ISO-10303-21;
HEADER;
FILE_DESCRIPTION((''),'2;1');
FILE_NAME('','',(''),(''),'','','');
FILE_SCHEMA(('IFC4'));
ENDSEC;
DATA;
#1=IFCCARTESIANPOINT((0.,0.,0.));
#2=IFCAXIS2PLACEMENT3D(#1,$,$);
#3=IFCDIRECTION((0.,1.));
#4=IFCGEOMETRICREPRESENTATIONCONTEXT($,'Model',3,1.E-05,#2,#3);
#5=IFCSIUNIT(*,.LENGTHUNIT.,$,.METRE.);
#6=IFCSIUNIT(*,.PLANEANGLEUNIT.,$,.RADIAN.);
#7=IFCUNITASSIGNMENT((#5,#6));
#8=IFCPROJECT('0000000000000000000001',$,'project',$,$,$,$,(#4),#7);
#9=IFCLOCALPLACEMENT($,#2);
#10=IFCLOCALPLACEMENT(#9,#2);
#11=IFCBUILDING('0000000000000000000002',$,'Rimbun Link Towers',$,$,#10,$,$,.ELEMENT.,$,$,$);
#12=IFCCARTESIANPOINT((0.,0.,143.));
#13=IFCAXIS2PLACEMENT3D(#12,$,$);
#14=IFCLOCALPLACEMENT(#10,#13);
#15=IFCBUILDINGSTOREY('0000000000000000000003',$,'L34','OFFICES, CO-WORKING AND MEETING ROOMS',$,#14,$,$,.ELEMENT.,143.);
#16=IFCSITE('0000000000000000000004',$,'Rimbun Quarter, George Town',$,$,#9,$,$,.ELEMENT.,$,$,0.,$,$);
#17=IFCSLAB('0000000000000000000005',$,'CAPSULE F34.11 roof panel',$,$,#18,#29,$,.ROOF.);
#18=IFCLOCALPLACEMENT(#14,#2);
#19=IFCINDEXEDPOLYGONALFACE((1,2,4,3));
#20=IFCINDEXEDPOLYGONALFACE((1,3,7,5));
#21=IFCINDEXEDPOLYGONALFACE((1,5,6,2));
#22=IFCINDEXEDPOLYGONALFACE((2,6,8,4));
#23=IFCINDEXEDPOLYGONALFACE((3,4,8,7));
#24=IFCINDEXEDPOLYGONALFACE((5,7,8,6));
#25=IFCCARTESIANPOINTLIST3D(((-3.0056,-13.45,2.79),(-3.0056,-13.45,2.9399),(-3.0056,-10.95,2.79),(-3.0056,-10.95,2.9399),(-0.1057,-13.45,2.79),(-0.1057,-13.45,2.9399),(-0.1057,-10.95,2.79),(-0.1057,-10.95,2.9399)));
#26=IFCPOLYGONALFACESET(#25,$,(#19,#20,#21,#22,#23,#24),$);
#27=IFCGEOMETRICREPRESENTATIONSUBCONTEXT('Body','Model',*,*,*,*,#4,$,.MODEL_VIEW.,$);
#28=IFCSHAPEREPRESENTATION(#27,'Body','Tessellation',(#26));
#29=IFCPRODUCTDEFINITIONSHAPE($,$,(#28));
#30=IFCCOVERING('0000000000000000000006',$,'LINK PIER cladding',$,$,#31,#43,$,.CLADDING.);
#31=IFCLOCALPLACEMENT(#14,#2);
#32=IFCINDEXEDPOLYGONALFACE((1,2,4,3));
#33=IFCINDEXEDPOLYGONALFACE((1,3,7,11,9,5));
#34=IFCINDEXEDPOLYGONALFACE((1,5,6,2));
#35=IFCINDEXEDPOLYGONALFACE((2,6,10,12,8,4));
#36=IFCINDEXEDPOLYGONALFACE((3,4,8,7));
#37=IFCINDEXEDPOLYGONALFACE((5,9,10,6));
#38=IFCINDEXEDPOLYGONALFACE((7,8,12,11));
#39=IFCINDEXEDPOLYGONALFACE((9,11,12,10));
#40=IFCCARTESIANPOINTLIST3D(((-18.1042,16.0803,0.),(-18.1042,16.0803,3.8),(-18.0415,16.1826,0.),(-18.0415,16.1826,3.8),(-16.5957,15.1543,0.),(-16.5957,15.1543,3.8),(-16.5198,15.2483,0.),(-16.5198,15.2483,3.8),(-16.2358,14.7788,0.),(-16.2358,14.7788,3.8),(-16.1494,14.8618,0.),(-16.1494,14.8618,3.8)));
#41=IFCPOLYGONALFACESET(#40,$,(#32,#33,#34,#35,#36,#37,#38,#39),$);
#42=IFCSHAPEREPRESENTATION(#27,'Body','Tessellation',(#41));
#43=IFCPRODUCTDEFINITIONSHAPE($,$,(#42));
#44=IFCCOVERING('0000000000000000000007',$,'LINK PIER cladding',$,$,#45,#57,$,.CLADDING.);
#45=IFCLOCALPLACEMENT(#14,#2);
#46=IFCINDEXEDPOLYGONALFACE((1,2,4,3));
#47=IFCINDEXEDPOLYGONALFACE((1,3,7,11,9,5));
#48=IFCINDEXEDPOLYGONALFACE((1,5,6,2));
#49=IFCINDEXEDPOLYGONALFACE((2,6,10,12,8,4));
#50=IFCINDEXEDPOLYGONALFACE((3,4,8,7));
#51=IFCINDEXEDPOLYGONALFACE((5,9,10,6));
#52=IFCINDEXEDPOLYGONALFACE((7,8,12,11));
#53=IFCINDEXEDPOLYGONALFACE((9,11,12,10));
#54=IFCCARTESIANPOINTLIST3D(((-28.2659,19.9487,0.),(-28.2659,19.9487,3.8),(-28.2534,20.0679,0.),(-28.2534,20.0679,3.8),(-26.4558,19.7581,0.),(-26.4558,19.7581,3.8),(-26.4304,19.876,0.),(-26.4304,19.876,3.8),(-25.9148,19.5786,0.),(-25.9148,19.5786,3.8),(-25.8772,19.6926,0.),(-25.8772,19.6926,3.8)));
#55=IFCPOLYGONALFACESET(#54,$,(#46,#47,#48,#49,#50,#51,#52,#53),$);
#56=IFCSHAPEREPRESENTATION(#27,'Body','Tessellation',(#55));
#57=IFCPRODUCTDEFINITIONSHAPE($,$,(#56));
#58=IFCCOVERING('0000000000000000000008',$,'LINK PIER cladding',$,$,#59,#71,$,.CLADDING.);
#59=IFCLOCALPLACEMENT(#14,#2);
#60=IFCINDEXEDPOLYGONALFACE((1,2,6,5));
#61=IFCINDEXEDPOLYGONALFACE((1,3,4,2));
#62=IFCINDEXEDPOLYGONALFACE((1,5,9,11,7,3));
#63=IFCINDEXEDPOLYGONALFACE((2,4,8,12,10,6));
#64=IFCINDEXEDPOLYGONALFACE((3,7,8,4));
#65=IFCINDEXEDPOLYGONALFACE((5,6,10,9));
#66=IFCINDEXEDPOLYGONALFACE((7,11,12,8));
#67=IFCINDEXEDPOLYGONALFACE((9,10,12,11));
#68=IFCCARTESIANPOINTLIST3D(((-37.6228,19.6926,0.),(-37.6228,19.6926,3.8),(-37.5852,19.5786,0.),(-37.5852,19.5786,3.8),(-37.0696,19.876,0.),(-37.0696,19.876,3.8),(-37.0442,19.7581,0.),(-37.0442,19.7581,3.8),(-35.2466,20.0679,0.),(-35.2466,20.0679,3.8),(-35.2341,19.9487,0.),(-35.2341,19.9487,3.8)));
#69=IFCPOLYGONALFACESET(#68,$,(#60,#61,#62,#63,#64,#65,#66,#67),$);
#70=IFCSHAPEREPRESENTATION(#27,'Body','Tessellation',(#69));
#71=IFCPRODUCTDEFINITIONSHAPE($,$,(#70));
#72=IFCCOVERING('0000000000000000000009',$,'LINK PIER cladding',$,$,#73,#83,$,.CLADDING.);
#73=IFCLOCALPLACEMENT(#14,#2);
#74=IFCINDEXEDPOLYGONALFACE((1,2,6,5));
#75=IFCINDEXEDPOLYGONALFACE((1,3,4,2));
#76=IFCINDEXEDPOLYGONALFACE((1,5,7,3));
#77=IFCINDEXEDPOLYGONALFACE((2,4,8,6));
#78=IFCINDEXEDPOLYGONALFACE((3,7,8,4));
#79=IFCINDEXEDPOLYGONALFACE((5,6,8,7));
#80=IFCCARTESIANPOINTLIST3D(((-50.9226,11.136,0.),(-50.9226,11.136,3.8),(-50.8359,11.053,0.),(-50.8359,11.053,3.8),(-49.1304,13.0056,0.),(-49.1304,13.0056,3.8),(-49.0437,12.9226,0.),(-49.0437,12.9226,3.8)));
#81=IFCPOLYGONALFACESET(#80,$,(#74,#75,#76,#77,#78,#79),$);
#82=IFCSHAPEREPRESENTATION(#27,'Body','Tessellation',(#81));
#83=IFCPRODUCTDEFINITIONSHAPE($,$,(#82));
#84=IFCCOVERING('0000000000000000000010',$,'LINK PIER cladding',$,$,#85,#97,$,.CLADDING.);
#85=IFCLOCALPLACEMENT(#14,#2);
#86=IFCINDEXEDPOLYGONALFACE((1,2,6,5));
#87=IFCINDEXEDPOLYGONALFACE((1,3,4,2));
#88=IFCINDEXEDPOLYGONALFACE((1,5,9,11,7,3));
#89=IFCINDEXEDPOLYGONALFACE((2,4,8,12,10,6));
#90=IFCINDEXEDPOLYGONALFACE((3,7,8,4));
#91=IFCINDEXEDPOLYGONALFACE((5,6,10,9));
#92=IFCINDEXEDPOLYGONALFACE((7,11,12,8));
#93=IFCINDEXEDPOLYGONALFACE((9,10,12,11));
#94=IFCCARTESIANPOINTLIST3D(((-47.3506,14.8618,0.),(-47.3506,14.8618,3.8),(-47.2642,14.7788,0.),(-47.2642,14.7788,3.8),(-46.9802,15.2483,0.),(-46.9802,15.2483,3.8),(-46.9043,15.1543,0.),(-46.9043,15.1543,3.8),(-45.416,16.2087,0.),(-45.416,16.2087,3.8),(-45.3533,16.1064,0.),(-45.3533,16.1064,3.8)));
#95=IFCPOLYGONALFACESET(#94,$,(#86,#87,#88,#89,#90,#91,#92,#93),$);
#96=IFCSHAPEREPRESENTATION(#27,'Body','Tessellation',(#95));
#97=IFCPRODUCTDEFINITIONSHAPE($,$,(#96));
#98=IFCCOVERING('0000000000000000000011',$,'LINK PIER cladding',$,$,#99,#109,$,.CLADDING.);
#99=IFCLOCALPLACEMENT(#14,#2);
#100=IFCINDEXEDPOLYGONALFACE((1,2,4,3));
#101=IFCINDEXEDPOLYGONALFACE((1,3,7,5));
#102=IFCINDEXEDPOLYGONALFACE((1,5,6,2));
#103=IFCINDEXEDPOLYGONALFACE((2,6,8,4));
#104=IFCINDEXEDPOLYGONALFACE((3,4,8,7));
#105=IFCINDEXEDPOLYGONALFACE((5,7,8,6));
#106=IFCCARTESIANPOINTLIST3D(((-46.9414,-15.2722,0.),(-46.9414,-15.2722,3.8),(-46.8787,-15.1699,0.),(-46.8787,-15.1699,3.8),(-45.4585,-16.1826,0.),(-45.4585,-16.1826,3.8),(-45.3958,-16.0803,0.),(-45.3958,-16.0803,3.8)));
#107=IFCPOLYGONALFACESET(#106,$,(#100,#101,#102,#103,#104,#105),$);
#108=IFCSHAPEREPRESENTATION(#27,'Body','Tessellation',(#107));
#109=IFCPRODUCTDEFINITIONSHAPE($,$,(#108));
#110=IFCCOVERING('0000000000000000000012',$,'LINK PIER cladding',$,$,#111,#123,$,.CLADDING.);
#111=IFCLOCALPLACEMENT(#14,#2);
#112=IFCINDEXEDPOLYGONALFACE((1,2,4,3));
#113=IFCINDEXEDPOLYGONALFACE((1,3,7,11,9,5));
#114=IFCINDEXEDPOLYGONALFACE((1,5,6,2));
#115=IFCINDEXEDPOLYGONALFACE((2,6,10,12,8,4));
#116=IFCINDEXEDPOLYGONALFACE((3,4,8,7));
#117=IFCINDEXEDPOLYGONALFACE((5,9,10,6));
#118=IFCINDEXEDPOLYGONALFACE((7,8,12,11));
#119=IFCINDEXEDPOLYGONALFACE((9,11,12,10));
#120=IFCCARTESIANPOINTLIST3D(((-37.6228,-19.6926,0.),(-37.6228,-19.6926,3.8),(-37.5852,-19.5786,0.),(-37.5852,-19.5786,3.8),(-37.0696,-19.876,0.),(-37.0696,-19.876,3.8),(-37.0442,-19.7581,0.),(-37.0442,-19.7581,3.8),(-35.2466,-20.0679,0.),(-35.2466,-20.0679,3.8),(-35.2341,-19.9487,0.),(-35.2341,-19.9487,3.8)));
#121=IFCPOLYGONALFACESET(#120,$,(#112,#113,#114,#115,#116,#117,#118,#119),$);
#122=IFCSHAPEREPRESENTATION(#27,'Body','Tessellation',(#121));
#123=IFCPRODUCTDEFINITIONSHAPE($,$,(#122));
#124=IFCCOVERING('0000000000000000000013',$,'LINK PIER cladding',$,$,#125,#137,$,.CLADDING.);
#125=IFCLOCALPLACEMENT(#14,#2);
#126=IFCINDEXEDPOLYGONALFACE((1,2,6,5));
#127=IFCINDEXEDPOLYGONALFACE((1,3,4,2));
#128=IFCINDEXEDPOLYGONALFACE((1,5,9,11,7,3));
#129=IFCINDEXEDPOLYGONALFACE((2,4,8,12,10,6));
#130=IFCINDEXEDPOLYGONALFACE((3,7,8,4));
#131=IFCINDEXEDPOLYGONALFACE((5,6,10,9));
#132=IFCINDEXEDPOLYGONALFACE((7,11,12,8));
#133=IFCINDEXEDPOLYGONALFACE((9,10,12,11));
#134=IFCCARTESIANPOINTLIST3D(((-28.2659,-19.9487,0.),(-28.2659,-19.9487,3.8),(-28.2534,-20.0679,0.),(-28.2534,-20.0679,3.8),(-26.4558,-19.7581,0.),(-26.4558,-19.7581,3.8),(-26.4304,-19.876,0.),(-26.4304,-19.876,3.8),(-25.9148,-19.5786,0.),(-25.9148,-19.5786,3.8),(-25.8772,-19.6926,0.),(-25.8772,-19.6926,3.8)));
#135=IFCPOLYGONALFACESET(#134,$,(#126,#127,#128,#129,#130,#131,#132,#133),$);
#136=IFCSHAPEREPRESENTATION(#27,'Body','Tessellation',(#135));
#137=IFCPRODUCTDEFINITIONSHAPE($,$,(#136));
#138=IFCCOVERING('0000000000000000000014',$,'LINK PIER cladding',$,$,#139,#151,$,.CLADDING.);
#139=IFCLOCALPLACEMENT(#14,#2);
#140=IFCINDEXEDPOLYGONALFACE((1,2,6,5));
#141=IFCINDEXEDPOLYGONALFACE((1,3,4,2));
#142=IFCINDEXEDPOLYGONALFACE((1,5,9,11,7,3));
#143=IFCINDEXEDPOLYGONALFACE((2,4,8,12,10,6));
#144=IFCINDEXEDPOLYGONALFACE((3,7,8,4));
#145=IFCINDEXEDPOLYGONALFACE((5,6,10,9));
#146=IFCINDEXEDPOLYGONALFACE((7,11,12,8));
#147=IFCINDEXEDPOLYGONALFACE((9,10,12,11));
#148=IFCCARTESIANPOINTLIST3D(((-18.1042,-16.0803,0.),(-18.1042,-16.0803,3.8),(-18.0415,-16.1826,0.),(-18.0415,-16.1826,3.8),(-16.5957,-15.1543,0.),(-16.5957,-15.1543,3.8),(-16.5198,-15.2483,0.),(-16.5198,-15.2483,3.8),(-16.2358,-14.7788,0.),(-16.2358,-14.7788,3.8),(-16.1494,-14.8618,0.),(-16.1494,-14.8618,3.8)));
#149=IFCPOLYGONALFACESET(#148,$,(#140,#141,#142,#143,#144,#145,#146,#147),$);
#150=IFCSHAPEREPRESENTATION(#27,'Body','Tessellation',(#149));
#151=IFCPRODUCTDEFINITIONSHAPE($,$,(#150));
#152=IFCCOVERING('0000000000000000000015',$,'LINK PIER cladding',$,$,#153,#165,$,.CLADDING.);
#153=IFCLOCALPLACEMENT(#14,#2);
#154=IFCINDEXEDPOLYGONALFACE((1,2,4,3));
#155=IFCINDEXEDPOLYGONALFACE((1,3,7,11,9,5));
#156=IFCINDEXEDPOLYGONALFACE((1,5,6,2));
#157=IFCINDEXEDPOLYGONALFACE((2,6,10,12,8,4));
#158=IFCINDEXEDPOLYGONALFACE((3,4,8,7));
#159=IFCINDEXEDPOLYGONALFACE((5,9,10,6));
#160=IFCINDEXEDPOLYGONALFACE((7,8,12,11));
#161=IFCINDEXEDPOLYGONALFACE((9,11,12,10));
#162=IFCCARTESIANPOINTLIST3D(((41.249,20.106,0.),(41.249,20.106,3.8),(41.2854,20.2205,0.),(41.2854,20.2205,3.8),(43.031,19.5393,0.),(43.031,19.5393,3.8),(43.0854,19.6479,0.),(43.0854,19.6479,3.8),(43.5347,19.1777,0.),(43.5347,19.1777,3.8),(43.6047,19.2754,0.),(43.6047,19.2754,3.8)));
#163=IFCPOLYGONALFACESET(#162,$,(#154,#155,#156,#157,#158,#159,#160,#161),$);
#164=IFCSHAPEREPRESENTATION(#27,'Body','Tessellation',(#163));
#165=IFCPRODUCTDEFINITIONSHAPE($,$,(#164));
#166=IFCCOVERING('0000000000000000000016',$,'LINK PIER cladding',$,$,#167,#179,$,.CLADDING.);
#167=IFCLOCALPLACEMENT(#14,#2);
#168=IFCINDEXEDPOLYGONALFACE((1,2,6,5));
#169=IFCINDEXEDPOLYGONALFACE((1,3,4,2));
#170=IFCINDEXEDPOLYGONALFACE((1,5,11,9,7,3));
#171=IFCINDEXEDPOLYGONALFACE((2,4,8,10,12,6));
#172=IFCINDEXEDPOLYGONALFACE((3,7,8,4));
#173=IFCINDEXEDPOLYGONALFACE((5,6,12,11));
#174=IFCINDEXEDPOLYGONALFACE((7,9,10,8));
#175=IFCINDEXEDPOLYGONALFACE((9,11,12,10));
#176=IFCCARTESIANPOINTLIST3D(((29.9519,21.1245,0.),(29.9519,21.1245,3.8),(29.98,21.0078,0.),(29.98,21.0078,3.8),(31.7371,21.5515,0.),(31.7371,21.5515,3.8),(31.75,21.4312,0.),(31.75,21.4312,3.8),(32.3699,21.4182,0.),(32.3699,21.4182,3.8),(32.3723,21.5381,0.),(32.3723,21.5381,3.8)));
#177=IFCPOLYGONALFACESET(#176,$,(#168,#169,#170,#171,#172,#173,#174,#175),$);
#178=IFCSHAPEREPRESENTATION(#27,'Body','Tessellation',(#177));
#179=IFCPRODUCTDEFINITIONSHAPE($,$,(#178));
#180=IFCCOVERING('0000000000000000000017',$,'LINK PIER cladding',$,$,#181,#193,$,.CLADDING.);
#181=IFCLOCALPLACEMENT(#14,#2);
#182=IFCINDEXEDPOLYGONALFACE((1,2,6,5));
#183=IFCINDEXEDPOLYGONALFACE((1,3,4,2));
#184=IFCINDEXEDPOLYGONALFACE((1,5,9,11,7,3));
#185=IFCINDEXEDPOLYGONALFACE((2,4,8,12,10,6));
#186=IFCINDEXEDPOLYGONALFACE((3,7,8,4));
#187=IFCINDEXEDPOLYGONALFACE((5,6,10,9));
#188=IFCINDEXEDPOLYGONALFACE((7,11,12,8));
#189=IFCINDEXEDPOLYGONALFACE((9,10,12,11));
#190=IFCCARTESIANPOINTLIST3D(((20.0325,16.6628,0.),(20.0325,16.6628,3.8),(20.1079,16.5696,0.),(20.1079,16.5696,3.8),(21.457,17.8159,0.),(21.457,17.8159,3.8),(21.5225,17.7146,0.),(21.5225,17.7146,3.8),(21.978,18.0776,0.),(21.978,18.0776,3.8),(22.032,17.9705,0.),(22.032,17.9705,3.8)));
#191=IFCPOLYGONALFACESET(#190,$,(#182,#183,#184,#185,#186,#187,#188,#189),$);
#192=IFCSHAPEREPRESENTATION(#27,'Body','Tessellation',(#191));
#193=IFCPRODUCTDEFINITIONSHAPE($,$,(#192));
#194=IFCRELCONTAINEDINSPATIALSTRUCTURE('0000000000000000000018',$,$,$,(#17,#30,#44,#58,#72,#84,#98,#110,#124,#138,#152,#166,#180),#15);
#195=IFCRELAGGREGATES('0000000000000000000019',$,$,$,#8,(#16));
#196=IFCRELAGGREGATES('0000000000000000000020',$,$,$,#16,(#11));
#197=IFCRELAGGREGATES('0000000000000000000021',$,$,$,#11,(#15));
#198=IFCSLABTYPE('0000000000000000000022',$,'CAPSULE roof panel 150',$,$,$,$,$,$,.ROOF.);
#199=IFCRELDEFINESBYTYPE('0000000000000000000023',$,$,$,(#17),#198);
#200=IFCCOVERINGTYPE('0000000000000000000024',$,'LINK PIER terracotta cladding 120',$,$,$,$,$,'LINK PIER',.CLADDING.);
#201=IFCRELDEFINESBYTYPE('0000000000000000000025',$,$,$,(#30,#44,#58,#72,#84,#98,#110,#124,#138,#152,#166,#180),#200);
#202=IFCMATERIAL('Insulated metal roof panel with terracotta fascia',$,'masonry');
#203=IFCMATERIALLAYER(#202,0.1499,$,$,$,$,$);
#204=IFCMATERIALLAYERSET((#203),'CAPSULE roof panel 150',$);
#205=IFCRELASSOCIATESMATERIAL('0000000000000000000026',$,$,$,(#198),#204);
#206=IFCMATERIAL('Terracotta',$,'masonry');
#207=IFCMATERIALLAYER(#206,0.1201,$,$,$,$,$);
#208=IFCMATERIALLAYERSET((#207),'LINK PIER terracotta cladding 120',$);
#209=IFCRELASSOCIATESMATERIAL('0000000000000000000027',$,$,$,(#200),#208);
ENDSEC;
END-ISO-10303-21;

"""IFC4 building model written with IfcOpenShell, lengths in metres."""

from ifc_helpers import new_model, si_unit, direction, frame, origin, place, context, subcontext, project, spatial, polyline, outline, extrude, material, layer, layer_set, type_object, element, save


model = new_model("IFC4")

# Units and contexts
model_context = context("Model", 3, precision=1e-05, world=origin(), true_north=direction((0.0, 1.0)))
body_context = subcontext(model_context, "Body", "Model", "MODEL_VIEW")
ifc_project = project(units=[si_unit("LENGTHUNIT", "METRE"), si_unit("PLANEANGLEUNIT", "RADIAN")], contexts=[model_context])

# Site, building, storey
site_placement = place(None, origin())
site = spatial("IfcSite", under=ifc_project, at=site_placement, Name="Rimbun Quarter, George Town", CompositionType="ELEMENT", RefElevation=0.0)
building_placement = place(site_placement, origin())
building = spatial("IfcBuilding", under=site, at=building_placement, Name="Rimbun Link Towers", CompositionType="ELEMENT")
storey_placement = place(building_placement, frame((0.0, 0.0, 143.0)))
storey = spatial("IfcBuildingStorey", under=building, at=storey_placement, Name="L34", Description="OFFICES, CO-WORKING AND MEETING ROOMS", CompositionType="ELEMENT", Elevation=143.0)

# Slab
ifc_material_1 = material(Name="Insulated metal roof panel with terracotta fascia", Category="masonry")
ifc_layer_1 = layer(ifc_material_1, 0.1499)
ifc_layer_set_1 = layer_set([ifc_layer_1], Name="CAPSULE roof panel 150")
slab_type = type_object("IfcSlabType", Name="CAPSULE roof panel 150", PredefinedType="ROOF", material=ifc_layer_set_1)
slab_placement = place(storey_placement, frame((0.0, 0.0, 2.79)))
element("IfcSlab", 1, at=slab_placement, inside=storey, type_object=slab_type, Name="CAPSULE F34.11 roof panel", PredefinedType="ROOF", context=body_context, shape_type="SweptSolid", body=[
    extrude(outline(polyline([(-3.0056, -13.45), (-0.1057, -13.45), (-0.1057, -10.95), (-3.0056, -10.95), (-3.0056, -13.45)])), origin(), (0.0, 0.0, 1.0), 0.1499),
])

# Coverings
ifc_material_2 = material(Name="Terracotta", Category="masonry")
ifc_layer_2 = layer(ifc_material_2, 0.1201)
ifc_layer_set_2 = layer_set([ifc_layer_2], Name="LINK PIER terracotta cladding 120")
covering_type = type_object("IfcCoveringType", Name="LINK PIER terracotta cladding 120", ElementType="LINK PIER", PredefinedType="CLADDING", material=ifc_layer_set_2)
covering_1_placement = place(storey_placement, origin())
element("IfcCovering", 2, at=covering_1_placement, inside=storey, type_object=covering_type, Name="LINK PIER cladding", PredefinedType="CLADDING", context=body_context, shape_type="SweptSolid", body=[
    extrude(outline(polyline([(-18.1042, 16.0803), (-16.5957, 15.1543), (-16.2358, 14.7788), (-16.1494, 14.8618), (-16.5198, 15.2483), (-18.0415, 16.1826), (-18.1042, 16.0803)])), origin(), (0.0, 0.0, 1.0), 3.8),
])
covering_2_placement = place(storey_placement, origin())
element("IfcCovering", 3, at=covering_2_placement, inside=storey, type_object=covering_type, Name="LINK PIER cladding", PredefinedType="CLADDING", context=body_context, shape_type="SweptSolid", body=[
    extrude(outline(polyline([(-28.2659, 19.9487), (-26.4558, 19.7581), (-25.9148, 19.5786), (-25.8772, 19.6926), (-26.4304, 19.876), (-28.2534, 20.0679), (-28.2659, 19.9487)])), origin(), (0.0, 0.0, 1.0), 3.8),
])
covering_3_placement = place(storey_placement, origin())
element("IfcCovering", 4, at=covering_3_placement, inside=storey, type_object=covering_type, Name="LINK PIER cladding", PredefinedType="CLADDING", context=body_context, shape_type="SweptSolid", body=[
    extrude(outline(polyline([(-37.5852, 19.5786), (-37.0442, 19.7581), (-35.2341, 19.9487), (-35.2466, 20.0679), (-37.0696, 19.876), (-37.6228, 19.6926), (-37.5852, 19.5786)])), origin(), (0.0, 0.0, 1.0), 3.8),
])
covering_4_placement = place(storey_placement, origin())
element("IfcCovering", 5, at=covering_4_placement, inside=storey, type_object=covering_type, Name="LINK PIER cladding", PredefinedType="CLADDING", context=body_context, shape_type="SweptSolid", body=[
    extrude(outline(polyline([(-50.8359, 11.053), (-49.0437, 12.9226), (-49.1304, 13.0056), (-50.9226, 11.136), (-50.8359, 11.053)])), origin(), (0.0, 0.0, 1.0), 3.8),
])
covering_5_placement = place(storey_placement, origin())
element("IfcCovering", 6, at=covering_5_placement, inside=storey, type_object=covering_type, Name="LINK PIER cladding", PredefinedType="CLADDING", context=body_context, shape_type="SweptSolid", body=[
    extrude(outline(polyline([(-47.2642, 14.7788), (-46.9043, 15.1543), (-45.3533, 16.1064), (-45.416, 16.2087), (-46.9802, 15.2483), (-47.3506, 14.8618), (-47.2642, 14.7788)])), origin(), (0.0, 0.0, 1.0), 3.8),
])
covering_6_placement = place(storey_placement, origin())
element("IfcCovering", 7, at=covering_6_placement, inside=storey, type_object=covering_type, Name="LINK PIER cladding", PredefinedType="CLADDING", context=body_context, shape_type="SweptSolid", body=[
    extrude(outline(polyline([(-45.3958, -16.0803), (-46.8787, -15.1699), (-46.9414, -15.2722), (-45.4585, -16.1826), (-45.3958, -16.0803)])), origin(), (0.0, 0.0, 1.0), 3.8),
])
covering_7_placement = place(storey_placement, origin())
element("IfcCovering", 8, at=covering_7_placement, inside=storey, type_object=covering_type, Name="LINK PIER cladding", PredefinedType="CLADDING", context=body_context, shape_type="SweptSolid", body=[
    extrude(outline(polyline([(-35.2341, -19.9487), (-37.0442, -19.7581), (-37.5852, -19.5786), (-37.6228, -19.6926), (-37.0696, -19.876), (-35.2466, -20.0679), (-35.2341, -19.9487)])), origin(), (0.0, 0.0, 1.0), 3.8),
])
covering_8_placement = place(storey_placement, origin())
element("IfcCovering", 9, at=covering_8_placement, inside=storey, type_object=covering_type, Name="LINK PIER cladding", PredefinedType="CLADDING", context=body_context, shape_type="SweptSolid", body=[
    extrude(outline(polyline([(-25.9148, -19.5786), (-26.4558, -19.7581), (-28.2659, -19.9487), (-28.2534, -20.0679), (-26.4304, -19.876), (-25.8772, -19.6926), (-25.9148, -19.5786)])), origin(), (0.0, 0.0, 1.0), 3.8),
])
covering_9_placement = place(storey_placement, origin())
element("IfcCovering", 10, at=covering_9_placement, inside=storey, type_object=covering_type, Name="LINK PIER cladding", PredefinedType="CLADDING", context=body_context, shape_type="SweptSolid", body=[
    extrude(outline(polyline([(-16.2358, -14.7788), (-16.5957, -15.1543), (-18.1042, -16.0803), (-18.0415, -16.1826), (-16.5198, -15.2483), (-16.1494, -14.8618), (-16.2358, -14.7788)])), origin(), (0.0, 0.0, 1.0), 3.8),
])
covering_10_placement = place(storey_placement, origin())
element("IfcCovering", 11, at=covering_10_placement, inside=storey, type_object=covering_type, Name="LINK PIER cladding", PredefinedType="CLADDING", context=body_context, shape_type="SweptSolid", body=[
    extrude(outline(polyline([(41.249, 20.106), (43.031, 19.5393), (43.5347, 19.1777), (43.6047, 19.2754), (43.0854, 19.6479), (41.2854, 20.2205), (41.249, 20.106)])), origin(), (0.0, 0.0, 1.0), 3.8),
])
covering_11_placement = place(storey_placement, origin())
element("IfcCovering", 12, at=covering_11_placement, inside=storey, type_object=covering_type, Name="LINK PIER cladding", PredefinedType="CLADDING", context=body_context, shape_type="SweptSolid", body=[
    extrude(outline(polyline([(29.98, 21.0078), (31.75, 21.4312), (32.3699, 21.4182), (32.3723, 21.5381), (31.7371, 21.5515), (29.9519, 21.1245), (29.98, 21.0078)])), origin(), (0.0, 0.0, 1.0), 3.8),
])
covering_12_placement = place(storey_placement, origin())
element("IfcCovering", 13, at=covering_12_placement, inside=storey, type_object=covering_type, Name="LINK PIER cladding", PredefinedType="CLADDING", context=body_context, shape_type="SweptSolid", body=[
    extrude(outline(polyline([(20.1079, 16.5696), (21.5225, 17.7146), (22.032, 17.9705), (21.978, 18.0776), (21.457, 17.8159), (20.0325, 16.6628), (20.1079, 16.5696)])), origin(), (0.0, 0.0, 1.0), 3.8),
])

save(model, "model.ifc")
